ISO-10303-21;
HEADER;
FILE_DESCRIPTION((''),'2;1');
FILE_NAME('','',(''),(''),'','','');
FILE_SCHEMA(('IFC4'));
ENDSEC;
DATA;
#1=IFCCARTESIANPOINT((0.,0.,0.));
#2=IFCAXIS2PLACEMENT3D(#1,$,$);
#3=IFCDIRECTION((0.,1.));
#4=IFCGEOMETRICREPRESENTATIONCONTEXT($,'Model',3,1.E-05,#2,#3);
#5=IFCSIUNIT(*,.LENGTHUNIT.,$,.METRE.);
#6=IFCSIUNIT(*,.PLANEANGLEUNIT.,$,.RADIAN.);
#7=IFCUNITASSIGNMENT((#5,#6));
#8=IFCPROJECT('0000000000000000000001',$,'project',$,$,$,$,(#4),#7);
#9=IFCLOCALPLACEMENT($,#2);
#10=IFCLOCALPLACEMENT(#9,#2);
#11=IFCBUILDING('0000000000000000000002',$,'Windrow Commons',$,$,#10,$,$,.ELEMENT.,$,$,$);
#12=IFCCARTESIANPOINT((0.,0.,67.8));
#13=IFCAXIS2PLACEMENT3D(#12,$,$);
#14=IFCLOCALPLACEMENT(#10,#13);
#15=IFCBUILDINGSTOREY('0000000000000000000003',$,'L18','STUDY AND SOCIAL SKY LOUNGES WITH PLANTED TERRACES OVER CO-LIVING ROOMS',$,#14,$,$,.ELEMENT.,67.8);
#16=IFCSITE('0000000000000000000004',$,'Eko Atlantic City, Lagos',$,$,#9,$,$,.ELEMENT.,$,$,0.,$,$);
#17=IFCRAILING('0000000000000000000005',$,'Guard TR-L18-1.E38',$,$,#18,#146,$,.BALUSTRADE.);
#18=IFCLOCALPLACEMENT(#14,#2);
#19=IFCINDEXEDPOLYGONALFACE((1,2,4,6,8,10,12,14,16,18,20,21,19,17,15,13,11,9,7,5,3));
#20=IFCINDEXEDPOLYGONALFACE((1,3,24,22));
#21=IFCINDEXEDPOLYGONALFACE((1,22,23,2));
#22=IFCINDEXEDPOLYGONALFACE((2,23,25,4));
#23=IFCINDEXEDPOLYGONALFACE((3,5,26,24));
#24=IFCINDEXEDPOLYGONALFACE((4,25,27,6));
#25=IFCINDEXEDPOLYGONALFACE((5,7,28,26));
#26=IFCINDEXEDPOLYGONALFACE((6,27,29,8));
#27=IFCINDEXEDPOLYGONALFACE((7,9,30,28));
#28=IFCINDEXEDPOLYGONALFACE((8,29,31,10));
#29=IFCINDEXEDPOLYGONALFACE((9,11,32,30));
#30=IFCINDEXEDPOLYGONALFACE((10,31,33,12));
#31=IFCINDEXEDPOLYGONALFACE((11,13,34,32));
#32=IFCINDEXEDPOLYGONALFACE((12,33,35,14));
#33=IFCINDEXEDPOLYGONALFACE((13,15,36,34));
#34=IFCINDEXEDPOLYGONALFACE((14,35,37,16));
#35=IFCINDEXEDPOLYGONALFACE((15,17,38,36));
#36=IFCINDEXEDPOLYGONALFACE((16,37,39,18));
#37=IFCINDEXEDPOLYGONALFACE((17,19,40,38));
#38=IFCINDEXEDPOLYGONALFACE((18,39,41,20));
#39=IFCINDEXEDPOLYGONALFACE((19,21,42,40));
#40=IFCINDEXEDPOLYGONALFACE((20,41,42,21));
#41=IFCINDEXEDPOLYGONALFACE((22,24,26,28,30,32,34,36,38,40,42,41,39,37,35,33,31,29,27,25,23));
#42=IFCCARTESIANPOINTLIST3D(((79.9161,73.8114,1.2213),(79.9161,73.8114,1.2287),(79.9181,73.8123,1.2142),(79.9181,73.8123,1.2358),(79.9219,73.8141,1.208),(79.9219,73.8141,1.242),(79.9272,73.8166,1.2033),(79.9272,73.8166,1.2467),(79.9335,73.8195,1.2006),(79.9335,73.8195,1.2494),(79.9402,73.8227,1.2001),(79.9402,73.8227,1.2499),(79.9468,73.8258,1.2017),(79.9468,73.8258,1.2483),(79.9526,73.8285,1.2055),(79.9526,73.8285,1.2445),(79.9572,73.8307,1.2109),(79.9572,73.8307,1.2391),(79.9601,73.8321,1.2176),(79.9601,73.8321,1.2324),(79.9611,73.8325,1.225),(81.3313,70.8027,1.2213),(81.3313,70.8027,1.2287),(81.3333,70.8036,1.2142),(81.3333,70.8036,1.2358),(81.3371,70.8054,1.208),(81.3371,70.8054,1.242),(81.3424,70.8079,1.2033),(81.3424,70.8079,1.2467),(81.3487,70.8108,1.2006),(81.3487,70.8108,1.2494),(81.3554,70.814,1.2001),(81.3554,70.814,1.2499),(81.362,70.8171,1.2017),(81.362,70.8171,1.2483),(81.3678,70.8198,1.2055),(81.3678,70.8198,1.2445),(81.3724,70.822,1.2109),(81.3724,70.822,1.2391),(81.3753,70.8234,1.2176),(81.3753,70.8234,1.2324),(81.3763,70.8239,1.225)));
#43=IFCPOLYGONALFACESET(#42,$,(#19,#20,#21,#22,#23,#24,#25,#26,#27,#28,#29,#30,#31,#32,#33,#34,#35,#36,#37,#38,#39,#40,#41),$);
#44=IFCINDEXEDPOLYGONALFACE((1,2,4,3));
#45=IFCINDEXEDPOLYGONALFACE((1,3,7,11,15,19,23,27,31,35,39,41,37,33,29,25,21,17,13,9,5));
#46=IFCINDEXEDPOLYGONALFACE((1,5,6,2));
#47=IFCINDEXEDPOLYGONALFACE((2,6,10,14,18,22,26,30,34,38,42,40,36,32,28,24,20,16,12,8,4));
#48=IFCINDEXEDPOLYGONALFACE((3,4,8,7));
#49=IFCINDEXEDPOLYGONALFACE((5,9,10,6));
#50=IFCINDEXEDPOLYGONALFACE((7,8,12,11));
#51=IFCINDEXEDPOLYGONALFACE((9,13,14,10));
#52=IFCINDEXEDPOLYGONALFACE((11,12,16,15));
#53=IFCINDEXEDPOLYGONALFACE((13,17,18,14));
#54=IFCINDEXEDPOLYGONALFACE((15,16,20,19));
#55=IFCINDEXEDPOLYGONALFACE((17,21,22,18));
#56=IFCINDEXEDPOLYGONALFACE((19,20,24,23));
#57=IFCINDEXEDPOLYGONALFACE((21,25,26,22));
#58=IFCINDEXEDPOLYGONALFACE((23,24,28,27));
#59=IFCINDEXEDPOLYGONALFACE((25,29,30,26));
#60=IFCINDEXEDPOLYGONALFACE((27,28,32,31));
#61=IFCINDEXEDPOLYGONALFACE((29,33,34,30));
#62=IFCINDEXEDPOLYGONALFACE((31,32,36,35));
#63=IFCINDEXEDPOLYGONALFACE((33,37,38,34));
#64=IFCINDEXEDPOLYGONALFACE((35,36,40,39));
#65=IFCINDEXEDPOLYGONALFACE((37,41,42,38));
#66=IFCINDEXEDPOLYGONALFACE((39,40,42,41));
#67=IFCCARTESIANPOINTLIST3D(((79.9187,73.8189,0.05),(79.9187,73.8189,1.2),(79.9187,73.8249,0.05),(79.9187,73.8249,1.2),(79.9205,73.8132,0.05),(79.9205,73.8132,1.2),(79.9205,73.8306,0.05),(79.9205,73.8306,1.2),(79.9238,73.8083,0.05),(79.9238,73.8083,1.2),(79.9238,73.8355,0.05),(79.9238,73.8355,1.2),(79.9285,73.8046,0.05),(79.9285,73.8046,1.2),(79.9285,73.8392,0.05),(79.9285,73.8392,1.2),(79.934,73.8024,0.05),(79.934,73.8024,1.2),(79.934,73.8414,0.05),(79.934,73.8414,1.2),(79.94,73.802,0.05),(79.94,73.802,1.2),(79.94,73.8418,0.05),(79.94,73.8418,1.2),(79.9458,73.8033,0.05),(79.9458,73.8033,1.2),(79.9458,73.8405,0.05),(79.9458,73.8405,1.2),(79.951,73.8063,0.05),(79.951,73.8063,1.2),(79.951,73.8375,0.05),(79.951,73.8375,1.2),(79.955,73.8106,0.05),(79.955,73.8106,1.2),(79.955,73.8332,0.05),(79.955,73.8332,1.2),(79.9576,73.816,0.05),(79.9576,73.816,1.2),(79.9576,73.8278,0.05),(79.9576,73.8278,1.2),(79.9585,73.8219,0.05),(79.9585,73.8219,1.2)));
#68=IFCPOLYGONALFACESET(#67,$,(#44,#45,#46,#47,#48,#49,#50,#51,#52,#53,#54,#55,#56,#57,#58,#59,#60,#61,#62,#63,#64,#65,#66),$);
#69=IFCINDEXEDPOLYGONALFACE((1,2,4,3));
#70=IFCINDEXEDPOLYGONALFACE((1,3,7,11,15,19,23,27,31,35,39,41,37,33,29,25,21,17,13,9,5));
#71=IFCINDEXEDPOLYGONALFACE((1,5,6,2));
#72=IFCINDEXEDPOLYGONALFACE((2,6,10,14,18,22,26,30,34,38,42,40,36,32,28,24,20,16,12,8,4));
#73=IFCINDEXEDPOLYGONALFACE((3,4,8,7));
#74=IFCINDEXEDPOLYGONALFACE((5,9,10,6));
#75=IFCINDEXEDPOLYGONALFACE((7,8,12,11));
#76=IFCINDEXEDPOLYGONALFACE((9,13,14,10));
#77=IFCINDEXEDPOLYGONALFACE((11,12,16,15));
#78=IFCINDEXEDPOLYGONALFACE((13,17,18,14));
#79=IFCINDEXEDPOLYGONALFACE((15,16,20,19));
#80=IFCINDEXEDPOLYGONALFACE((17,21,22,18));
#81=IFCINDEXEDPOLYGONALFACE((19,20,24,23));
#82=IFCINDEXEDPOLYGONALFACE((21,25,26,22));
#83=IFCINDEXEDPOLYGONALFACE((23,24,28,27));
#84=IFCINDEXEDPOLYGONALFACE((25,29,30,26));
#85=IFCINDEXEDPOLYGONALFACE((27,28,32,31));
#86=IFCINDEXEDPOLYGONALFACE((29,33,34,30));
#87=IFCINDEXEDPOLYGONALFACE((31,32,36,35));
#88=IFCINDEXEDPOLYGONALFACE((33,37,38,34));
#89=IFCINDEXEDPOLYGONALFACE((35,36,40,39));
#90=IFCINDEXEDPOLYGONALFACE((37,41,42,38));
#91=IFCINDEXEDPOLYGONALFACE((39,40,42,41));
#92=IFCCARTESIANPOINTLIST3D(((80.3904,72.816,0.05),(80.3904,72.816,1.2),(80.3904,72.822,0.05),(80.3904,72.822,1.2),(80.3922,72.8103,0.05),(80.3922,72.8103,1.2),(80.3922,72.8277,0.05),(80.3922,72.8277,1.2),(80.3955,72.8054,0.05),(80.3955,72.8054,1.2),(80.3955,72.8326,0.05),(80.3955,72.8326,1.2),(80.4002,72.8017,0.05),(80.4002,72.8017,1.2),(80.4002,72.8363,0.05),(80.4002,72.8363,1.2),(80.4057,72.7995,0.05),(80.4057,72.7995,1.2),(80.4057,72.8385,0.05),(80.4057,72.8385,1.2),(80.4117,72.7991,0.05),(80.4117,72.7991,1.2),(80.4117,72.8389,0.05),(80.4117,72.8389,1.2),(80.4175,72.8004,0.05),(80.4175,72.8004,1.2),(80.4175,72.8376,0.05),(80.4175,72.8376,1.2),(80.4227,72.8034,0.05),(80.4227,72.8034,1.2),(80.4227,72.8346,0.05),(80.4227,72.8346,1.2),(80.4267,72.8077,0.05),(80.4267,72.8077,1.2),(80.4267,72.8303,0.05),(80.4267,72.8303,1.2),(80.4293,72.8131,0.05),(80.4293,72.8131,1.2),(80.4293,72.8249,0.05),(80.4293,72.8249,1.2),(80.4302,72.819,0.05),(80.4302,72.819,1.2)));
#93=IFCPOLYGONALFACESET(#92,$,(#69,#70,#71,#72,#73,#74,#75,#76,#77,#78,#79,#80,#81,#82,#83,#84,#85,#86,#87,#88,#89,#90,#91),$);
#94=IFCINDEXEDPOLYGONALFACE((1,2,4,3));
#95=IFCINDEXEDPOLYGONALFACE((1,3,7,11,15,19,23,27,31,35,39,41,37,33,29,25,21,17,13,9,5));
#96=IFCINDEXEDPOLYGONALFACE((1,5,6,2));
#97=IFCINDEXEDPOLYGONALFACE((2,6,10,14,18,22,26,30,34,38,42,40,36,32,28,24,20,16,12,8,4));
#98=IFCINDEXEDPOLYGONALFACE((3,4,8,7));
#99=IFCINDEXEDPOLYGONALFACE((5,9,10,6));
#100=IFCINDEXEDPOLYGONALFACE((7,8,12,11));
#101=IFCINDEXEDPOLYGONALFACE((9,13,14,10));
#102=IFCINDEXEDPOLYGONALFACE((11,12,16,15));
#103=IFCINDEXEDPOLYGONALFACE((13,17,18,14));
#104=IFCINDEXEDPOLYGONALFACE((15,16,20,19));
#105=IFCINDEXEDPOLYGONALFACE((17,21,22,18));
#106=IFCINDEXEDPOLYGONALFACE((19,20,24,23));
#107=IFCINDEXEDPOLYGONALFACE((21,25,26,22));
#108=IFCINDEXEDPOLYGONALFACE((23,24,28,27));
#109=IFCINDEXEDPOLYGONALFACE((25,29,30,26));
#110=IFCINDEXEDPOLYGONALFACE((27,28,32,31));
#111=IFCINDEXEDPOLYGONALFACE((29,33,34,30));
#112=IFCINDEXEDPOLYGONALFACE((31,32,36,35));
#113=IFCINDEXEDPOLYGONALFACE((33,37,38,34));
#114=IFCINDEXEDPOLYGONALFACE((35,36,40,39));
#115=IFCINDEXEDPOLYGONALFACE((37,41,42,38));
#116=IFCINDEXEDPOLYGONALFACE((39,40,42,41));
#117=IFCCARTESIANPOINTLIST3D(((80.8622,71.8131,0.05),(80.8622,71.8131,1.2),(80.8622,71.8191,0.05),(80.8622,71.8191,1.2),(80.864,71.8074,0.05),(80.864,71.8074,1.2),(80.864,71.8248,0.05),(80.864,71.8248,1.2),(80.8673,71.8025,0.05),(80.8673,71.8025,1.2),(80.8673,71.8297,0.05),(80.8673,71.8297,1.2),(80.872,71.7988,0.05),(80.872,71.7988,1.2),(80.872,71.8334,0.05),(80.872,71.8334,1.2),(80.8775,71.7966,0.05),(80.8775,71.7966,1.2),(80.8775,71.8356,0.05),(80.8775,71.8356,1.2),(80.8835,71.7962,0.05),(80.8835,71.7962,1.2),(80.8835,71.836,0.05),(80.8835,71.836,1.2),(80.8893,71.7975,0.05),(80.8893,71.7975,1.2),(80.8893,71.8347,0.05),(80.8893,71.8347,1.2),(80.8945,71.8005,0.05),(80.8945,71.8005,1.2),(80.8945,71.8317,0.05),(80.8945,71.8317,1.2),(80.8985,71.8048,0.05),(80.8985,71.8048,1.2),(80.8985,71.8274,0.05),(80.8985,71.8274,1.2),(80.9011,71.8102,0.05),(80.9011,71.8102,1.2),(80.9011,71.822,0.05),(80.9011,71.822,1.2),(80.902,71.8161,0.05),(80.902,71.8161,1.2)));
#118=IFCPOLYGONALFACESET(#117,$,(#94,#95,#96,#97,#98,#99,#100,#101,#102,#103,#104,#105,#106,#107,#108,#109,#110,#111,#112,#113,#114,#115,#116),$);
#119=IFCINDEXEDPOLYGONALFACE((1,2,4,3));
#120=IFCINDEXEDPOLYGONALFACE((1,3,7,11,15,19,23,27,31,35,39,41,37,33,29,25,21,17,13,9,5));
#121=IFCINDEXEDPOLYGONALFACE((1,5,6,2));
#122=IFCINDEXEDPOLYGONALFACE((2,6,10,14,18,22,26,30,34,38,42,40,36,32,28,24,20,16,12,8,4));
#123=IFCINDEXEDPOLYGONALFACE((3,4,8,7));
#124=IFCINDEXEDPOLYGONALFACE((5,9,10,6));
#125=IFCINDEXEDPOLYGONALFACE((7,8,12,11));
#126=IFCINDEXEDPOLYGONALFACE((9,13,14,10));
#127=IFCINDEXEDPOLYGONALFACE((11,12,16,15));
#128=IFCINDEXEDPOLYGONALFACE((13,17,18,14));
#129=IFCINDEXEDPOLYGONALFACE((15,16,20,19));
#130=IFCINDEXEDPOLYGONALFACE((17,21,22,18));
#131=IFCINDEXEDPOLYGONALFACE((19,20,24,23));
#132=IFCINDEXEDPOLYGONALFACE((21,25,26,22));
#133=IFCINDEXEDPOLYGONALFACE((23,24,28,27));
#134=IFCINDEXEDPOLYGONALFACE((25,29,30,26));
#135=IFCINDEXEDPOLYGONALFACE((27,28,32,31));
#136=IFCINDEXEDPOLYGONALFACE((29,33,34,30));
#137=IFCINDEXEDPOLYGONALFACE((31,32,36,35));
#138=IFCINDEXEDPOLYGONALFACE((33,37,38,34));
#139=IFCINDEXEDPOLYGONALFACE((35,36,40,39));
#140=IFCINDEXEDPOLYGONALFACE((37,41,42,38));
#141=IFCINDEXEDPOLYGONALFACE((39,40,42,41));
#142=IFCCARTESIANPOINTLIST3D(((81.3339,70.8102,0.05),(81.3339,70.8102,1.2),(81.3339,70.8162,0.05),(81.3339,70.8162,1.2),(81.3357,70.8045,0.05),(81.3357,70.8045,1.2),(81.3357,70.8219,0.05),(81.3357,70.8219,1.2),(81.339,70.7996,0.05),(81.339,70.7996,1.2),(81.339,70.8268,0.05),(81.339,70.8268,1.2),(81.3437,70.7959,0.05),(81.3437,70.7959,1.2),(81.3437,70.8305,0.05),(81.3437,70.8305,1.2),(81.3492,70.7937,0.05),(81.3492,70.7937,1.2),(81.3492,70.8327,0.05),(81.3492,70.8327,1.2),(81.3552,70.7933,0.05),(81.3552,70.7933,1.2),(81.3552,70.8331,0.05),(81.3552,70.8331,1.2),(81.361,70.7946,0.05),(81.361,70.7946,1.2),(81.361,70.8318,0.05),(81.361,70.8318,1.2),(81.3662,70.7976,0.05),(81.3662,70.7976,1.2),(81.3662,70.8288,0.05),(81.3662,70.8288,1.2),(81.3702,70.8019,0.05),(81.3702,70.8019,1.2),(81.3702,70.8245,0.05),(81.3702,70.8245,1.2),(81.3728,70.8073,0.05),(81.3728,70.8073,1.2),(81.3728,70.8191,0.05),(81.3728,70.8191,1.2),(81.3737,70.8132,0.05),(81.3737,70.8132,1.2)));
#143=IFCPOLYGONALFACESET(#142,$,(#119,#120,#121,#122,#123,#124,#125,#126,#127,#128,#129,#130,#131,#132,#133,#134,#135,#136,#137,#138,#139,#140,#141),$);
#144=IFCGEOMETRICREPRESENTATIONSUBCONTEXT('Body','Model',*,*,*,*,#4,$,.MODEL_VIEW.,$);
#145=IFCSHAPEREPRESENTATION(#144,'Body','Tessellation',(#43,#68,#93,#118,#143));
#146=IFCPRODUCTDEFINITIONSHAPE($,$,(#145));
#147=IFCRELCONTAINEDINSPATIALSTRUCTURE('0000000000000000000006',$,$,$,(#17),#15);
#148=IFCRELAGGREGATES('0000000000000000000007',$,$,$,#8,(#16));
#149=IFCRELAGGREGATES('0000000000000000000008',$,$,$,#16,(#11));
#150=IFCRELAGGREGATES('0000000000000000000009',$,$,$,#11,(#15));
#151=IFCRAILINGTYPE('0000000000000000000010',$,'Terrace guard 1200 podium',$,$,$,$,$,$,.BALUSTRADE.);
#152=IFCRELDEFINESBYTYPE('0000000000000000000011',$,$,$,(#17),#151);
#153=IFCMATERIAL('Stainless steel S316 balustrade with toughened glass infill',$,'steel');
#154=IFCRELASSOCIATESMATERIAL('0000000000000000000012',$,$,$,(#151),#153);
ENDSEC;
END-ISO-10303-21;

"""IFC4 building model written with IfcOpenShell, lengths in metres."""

from ifc_helpers import new_model, si_unit, direction, frame, origin, origin_2d, place, context, subcontext, project, spatial, circle, extrude, material, type_object, element, save


model = new_model("IFC4")

# Units and contexts
model_context = context("Model", 3, precision=1e-05, world=origin(), true_north=direction((0.0, 1.0)))
body_context = subcontext(model_context, "Body", "Model", "MODEL_VIEW")
ifc_project = project(units=[si_unit("LENGTHUNIT", "METRE"), si_unit("PLANEANGLEUNIT", "RADIAN")], contexts=[model_context])

# Site, building, storey
site_placement = place(None, origin())
site = spatial("IfcSite", under=ifc_project, at=site_placement, Name="Eko Atlantic City, Lagos", CompositionType="ELEMENT", RefElevation=0.0)
building_placement = place(site_placement, origin())
building = spatial("IfcBuilding", under=site, at=building_placement, Name="Windrow Commons", CompositionType="ELEMENT")
storey_placement = place(building_placement, frame((0.0, 0.0, 67.8)))
storey = spatial("IfcBuildingStorey", under=building, at=storey_placement, Name="L18", Description="STUDY AND SOCIAL SKY LOUNGES WITH PLANTED TERRACES OVER CO-LIVING ROOMS", CompositionType="ELEMENT", Elevation=67.8)

# Railing
ifc_material_1 = material(Name="Stainless steel S316 balustrade with toughened glass infill", Category="steel")
railing_type = type_object("IfcRailingType", Name="Terrace guard 1200 podium", PredefinedType="BALUSTRADE", material=ifc_material_1)
railing_1_placement = place(storey_placement, frame((79.9385, 73.8219, 0.05)))
element("IfcRailing", 1, at=railing_1_placement, inside=storey, type_object=railing_type, Name="Guard TR-L18-1.E38", PredefinedType="BALUSTRADE", context=body_context, shape_type="SweptSolid", body=[
    extrude(circle(Radius=0.025, at=origin_2d()), frame((0.0, 0.0, 1.175), z_axis=(0.425635, -0.904895, 0.0), x_axis=(0.904895, 0.425635, 0.0)), (0.0, 0.0, 1.0), 3.3249),
    extrude(circle(Radius=0.02, at=origin_2d()), origin(), (0.0, 0.0, 1.0), 1.15),
    extrude(circle(Radius=0.02, at=origin_2d()), frame((0.4717, -1.0029, 0.0)), (0.0, 0.0, 1.0), 1.15),
    extrude(circle(Radius=0.02, at=origin_2d()), frame((0.9435, -2.0058, 0.0)), (0.0, 0.0, 1.0), 1.15),
    extrude(circle(Radius=0.02, at=origin_2d()), frame((1.4152, -3.0087, 0.0)), (0.0, 0.0, 1.0), 1.15),
])

save(model, "model.ifc")
